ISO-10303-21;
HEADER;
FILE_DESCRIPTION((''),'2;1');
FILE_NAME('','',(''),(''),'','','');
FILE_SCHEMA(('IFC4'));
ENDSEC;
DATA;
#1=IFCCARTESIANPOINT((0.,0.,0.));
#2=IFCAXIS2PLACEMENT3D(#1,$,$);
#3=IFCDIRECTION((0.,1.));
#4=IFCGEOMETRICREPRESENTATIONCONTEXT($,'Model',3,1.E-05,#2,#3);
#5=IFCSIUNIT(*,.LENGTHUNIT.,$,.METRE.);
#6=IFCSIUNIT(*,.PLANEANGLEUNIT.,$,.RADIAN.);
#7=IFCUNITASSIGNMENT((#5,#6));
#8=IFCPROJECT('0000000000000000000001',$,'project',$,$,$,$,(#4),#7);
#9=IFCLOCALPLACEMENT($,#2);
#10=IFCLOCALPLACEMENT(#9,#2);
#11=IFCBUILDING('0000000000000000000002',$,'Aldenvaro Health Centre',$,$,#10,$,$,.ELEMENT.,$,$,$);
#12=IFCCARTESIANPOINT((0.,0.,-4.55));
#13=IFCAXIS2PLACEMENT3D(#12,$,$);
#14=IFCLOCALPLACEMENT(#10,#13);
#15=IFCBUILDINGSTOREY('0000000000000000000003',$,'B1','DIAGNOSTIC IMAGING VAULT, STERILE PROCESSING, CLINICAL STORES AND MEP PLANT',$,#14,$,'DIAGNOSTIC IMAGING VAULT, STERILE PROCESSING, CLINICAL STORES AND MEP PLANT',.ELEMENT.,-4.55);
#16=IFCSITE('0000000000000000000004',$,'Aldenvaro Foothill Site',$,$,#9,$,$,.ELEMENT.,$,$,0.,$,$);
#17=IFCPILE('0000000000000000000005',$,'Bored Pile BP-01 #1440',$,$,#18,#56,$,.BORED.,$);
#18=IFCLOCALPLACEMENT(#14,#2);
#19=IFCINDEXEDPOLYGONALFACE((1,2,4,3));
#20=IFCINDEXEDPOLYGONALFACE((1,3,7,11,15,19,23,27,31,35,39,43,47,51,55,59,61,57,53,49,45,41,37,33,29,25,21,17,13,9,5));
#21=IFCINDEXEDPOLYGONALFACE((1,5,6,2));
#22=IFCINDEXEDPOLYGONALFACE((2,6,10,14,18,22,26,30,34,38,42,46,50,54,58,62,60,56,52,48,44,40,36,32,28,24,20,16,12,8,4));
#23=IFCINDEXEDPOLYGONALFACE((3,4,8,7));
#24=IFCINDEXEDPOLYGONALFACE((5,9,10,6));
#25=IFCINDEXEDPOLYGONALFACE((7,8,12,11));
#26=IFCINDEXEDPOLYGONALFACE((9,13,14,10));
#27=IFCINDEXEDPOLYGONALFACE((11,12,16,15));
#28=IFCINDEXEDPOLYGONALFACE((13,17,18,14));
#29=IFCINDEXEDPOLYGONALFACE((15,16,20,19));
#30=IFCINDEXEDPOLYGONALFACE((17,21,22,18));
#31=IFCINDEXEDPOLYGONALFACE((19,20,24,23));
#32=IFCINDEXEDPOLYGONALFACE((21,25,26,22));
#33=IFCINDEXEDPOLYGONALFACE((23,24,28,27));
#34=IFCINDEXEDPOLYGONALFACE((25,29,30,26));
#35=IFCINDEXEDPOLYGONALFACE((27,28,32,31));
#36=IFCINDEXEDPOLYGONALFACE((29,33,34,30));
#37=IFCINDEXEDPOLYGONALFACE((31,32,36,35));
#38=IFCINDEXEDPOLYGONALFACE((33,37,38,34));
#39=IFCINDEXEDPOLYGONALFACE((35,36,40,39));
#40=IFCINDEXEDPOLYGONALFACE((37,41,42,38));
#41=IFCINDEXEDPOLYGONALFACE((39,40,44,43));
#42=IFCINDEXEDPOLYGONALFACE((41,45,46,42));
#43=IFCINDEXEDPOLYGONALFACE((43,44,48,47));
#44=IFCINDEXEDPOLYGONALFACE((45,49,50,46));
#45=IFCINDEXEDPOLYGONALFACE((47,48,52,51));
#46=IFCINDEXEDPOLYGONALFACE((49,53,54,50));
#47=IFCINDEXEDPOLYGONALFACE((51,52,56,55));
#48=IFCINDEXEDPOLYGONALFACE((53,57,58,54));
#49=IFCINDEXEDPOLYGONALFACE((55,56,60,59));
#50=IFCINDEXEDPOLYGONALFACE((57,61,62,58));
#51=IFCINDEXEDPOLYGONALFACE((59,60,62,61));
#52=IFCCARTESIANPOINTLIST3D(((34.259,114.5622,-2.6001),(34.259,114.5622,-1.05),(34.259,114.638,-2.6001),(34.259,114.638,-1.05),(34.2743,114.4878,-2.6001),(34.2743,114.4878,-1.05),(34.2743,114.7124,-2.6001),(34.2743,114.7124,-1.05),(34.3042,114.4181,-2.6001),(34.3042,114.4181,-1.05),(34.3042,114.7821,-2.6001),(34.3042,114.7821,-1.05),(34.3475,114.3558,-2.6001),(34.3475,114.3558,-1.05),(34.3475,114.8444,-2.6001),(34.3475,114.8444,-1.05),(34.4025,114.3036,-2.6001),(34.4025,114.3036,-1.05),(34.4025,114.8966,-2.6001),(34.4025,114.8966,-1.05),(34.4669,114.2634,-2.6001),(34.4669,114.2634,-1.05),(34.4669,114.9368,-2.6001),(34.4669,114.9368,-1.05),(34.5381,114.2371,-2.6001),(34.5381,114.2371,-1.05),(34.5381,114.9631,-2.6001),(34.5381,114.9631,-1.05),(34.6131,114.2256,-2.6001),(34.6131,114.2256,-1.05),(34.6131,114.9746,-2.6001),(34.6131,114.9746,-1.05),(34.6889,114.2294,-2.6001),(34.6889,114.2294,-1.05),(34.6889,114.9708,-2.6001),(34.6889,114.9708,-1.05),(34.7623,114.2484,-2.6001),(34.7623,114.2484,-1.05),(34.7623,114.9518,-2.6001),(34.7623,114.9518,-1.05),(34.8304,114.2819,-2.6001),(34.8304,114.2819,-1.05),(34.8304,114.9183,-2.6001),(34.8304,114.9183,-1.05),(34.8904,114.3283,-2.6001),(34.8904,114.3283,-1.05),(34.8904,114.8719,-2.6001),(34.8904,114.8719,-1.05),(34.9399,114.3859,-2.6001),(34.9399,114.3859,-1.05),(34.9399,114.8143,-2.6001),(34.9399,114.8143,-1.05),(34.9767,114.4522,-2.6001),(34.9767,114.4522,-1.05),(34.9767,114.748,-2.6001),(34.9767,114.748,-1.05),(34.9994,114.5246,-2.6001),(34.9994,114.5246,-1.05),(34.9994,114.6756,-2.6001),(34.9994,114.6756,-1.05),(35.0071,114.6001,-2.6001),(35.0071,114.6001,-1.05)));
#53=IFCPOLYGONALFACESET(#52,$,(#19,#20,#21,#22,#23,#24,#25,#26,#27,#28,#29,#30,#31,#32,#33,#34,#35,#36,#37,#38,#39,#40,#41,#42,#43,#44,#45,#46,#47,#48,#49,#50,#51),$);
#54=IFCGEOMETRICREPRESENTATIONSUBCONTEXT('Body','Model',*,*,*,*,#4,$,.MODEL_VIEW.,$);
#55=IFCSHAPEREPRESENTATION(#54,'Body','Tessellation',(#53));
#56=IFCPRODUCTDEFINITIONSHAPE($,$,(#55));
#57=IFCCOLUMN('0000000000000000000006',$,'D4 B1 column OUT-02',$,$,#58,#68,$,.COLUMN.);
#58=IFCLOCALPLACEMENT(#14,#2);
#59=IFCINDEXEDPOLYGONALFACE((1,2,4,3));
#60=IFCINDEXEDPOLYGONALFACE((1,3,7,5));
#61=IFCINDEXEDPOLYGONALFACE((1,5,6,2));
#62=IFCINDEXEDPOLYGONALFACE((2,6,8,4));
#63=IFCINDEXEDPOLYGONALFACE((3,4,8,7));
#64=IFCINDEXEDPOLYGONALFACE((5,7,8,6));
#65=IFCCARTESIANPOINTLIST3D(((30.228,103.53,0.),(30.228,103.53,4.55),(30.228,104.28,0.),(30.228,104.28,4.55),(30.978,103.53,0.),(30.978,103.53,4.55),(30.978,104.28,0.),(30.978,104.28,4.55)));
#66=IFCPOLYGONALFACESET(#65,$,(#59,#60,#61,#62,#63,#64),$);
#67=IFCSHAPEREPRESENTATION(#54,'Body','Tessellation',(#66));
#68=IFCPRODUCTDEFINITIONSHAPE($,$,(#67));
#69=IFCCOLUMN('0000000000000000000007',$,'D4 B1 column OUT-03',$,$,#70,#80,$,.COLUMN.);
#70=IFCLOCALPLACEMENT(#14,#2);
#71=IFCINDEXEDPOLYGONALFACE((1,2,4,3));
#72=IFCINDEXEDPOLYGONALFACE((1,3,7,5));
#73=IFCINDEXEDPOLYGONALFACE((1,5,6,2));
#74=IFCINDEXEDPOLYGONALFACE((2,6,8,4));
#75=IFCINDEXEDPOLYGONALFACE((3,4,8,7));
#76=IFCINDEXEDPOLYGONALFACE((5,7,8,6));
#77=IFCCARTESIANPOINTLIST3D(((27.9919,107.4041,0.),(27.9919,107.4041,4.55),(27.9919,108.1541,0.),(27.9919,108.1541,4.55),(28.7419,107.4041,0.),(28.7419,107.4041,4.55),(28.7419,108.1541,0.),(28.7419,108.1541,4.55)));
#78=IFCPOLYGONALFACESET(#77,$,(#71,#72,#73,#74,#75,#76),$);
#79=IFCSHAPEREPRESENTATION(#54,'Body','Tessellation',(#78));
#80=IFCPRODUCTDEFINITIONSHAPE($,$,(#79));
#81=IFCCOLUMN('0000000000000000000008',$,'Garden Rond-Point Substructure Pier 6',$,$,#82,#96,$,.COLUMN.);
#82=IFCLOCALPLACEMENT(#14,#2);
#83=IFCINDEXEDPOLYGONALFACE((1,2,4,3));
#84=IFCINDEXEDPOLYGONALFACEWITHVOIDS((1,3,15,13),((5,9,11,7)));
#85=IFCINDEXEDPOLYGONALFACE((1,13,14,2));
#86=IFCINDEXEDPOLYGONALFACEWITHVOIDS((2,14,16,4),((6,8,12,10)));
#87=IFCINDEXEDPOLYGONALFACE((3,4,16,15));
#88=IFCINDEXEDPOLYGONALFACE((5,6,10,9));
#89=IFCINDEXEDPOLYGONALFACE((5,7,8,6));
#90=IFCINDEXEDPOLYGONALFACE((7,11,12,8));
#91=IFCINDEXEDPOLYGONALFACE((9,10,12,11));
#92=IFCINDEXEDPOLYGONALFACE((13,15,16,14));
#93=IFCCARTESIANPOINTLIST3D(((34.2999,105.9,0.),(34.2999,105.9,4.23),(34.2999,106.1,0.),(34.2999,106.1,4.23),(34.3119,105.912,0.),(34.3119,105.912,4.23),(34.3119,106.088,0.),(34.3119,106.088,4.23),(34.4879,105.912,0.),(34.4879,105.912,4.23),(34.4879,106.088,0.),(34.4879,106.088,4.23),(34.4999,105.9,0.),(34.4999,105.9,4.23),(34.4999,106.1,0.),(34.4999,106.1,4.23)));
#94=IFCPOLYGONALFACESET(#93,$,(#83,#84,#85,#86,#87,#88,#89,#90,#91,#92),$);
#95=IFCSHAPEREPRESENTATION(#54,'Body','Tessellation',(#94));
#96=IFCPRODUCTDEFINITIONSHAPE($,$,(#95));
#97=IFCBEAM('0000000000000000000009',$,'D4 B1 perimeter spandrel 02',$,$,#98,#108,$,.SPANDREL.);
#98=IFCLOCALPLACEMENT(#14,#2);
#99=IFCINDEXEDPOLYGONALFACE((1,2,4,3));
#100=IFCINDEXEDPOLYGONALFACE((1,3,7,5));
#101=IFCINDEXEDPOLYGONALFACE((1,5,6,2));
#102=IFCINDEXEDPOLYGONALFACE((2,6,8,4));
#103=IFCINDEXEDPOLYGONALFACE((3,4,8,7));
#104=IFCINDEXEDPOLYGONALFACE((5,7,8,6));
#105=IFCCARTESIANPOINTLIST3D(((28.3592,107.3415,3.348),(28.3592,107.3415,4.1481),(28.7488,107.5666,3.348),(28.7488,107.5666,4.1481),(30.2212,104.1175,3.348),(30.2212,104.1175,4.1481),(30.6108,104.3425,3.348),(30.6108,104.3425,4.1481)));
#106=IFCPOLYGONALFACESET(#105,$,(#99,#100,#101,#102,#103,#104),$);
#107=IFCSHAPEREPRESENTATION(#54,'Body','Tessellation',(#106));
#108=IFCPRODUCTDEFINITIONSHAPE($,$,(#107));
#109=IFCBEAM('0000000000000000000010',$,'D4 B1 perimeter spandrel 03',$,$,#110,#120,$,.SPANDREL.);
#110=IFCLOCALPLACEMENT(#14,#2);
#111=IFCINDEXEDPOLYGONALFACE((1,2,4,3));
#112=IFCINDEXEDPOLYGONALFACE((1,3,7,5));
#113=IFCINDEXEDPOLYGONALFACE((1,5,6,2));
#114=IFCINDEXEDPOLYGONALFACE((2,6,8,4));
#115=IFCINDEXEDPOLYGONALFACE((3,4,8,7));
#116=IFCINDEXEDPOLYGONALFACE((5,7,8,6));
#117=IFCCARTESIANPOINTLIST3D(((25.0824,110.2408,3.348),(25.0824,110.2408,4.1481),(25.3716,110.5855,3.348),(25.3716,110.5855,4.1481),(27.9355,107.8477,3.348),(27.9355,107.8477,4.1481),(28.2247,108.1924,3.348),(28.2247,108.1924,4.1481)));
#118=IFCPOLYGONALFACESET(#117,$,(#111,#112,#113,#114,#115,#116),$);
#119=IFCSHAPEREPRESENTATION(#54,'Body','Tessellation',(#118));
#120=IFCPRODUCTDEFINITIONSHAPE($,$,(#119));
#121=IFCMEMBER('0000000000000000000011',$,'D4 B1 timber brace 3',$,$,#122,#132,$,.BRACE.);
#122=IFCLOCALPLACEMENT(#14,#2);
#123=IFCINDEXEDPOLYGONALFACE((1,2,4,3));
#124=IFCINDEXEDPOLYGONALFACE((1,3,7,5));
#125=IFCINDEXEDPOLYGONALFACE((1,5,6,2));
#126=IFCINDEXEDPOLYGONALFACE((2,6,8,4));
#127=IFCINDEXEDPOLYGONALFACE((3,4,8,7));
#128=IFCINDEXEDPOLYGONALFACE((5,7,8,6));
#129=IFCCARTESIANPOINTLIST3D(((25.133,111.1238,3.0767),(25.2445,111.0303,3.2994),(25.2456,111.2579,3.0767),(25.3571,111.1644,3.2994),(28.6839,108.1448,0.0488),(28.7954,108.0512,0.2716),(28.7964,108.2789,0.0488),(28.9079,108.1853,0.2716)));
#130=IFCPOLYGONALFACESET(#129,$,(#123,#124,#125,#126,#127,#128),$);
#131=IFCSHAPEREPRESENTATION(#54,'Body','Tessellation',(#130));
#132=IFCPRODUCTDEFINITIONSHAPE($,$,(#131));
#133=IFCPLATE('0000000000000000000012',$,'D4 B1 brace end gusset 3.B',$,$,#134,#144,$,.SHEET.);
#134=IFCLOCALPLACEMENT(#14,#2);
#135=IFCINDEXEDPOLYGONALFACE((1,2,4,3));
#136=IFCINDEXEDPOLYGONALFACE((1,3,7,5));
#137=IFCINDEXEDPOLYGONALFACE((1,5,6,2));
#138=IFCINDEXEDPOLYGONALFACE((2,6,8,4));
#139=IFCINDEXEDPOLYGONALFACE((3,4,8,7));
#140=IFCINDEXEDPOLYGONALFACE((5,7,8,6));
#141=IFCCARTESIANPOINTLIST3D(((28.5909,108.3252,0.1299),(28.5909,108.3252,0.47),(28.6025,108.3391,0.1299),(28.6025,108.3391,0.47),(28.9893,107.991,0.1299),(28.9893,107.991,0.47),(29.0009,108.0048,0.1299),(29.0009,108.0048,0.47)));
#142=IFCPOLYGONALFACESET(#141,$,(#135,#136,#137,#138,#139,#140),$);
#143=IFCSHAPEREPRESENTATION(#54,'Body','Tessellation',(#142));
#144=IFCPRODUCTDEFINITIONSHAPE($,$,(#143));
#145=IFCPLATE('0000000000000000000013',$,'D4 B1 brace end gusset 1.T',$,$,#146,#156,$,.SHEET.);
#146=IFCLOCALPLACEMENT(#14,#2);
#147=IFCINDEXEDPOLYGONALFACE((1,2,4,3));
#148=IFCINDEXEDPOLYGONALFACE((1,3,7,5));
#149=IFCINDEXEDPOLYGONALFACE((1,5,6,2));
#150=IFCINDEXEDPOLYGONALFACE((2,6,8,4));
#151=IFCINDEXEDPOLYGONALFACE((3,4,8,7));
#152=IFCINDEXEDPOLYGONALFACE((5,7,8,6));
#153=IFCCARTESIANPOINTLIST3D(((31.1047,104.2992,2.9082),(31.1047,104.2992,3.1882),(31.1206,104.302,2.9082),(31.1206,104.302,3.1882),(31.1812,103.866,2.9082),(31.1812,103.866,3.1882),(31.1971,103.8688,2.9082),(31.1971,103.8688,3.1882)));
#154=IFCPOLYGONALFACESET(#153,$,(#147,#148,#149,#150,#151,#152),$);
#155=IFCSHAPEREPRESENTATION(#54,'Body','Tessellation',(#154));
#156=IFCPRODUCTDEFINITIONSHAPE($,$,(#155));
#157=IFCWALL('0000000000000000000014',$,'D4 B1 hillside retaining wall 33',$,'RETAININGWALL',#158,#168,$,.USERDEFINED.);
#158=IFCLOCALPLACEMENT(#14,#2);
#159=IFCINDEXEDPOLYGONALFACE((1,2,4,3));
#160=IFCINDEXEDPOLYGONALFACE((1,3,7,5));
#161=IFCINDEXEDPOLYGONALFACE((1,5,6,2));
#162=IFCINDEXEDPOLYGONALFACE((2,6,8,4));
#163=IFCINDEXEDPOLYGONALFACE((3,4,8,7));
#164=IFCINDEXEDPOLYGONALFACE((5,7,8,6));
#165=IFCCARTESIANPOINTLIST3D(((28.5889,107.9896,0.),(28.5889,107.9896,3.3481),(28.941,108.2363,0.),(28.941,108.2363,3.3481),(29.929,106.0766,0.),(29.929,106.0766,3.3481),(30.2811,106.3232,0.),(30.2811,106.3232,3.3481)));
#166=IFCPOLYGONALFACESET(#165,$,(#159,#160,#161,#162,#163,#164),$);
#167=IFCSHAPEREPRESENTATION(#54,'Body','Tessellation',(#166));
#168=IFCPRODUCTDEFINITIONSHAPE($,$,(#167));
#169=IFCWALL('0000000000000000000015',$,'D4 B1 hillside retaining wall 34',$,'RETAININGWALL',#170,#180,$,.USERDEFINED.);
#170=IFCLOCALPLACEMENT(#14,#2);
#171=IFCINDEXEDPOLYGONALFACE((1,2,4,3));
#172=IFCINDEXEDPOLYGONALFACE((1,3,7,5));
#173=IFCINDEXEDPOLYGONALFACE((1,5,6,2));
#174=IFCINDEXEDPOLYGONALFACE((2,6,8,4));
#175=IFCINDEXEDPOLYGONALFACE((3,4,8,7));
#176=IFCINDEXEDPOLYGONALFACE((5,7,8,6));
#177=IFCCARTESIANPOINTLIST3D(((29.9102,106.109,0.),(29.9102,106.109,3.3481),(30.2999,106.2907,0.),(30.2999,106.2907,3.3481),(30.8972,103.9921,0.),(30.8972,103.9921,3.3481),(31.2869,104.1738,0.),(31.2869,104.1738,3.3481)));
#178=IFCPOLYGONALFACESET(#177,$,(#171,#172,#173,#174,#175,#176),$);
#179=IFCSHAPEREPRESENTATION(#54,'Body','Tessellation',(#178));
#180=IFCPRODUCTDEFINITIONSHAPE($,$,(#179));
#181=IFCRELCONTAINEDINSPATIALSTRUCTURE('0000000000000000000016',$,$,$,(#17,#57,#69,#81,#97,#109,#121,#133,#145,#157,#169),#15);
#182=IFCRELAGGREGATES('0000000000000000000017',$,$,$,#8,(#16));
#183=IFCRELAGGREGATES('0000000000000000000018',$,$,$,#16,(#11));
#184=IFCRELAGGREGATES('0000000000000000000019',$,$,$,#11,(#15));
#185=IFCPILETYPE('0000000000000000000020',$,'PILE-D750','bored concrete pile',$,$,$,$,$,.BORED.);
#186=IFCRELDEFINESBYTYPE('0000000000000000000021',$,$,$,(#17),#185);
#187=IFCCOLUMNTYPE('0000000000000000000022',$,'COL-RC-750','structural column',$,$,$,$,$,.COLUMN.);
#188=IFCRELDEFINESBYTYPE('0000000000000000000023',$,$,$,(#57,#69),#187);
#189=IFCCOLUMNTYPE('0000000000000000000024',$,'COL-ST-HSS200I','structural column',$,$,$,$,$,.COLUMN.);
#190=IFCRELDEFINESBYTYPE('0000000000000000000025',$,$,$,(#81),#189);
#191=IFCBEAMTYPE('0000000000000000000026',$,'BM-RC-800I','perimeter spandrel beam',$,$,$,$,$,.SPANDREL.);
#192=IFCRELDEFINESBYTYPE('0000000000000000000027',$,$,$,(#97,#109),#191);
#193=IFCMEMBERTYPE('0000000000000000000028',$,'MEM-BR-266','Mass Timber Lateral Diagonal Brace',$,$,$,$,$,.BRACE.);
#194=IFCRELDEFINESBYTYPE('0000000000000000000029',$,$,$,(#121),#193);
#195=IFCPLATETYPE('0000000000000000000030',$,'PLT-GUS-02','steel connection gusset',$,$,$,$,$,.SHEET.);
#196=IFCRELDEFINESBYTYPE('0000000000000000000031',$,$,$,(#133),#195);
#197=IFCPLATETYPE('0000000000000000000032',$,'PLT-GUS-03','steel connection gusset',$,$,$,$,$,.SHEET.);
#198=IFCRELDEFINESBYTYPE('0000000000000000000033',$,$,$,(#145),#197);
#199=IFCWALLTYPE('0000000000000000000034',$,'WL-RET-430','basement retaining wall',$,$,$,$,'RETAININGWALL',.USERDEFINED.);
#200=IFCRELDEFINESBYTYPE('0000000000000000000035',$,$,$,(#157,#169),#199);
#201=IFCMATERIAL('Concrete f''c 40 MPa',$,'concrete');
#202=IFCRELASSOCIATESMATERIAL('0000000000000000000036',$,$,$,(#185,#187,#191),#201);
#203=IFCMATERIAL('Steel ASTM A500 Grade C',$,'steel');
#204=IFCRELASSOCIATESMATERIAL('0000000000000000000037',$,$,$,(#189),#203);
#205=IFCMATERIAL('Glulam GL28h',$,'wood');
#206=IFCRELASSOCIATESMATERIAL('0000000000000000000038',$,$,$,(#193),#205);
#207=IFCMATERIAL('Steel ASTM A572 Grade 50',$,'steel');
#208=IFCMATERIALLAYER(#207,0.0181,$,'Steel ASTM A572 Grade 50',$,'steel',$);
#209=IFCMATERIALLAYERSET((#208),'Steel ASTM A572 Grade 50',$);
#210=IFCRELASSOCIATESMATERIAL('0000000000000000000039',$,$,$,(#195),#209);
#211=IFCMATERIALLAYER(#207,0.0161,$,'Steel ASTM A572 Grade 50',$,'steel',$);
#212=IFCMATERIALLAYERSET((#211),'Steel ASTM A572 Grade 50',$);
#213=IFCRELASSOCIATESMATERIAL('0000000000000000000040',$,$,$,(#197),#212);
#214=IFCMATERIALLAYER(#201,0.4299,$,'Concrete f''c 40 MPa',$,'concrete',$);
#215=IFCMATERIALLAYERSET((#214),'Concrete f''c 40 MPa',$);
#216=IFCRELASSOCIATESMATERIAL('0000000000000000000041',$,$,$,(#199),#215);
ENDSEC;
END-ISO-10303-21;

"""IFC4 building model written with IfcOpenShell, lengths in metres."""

from ifc_helpers import new_model, si_unit, direction, frame, frame_2d, origin, origin_2d, place, context, subcontext, project, spatial, rectangle, hollow_rectangle, circle, extrude, material, layer, layer_set, material_profile, profile_set, type_object, element, save


model = new_model("IFC4")

# Units and contexts
model_context = context("Model", 3, precision=1e-05, world=origin(), true_north=direction((0.0, 1.0)))
body_context = subcontext(model_context, "Body", "Model", "MODEL_VIEW")
ifc_project = project(units=[si_unit("LENGTHUNIT", "METRE"), si_unit("PLANEANGLEUNIT", "RADIAN")], contexts=[model_context])

# Site, building, storey
site_placement = place(None, origin())
site = spatial("IfcSite", under=ifc_project, at=site_placement, Name="Aldenvaro Foothill Site", CompositionType="ELEMENT", RefElevation=0.0)
building_placement = place(site_placement, origin())
building = spatial("IfcBuilding", under=site, at=building_placement, Name="Aldenvaro Health Centre", CompositionType="ELEMENT")
storey_placement = place(building_placement, frame((0.0, 0.0, -4.55)))
storey = spatial("IfcBuildingStorey", under=building, at=storey_placement, Name="B1", Description="DIAGNOSTIC IMAGING VAULT, STERILE PROCESSING, CLINICAL STORES AND MEP PLANT", LongName="DIAGNOSTIC IMAGING VAULT, STERILE PROCESSING, CLINICAL STORES AND MEP PLANT", CompositionType="ELEMENT", Elevation=-4.55)

# Shared definitions
ifc_material_1 = material(Name="Concrete f'c 40 MPa", Category="concrete")

# Pile
ifc_material_profile_1 = material_profile(ifc_material_1, circle(Radius=0.375, at=origin_2d()), Name="PILE D750", Category="concrete")
ifc_profile_set_1 = profile_set([ifc_material_profile_1], Name="Concrete f'c 40 MPa")
pile_type_1 = type_object("IfcPileType", Name="PILE-D750", Description="bored concrete pile", PredefinedType="BORED", material=ifc_profile_set_1)
for number, where, z_axis, x_axis, name in (
    (1, (34.6321, 114.6001, -1.05), (0.0, 0.0, -1.0), (1.0, 0.0, 0.0), "Bored Pile BP-01 #1440"),
):
    element("IfcPile", number, at=place(storey_placement, frame(where, z_axis=z_axis, x_axis=x_axis)), inside=storey, type_object=pile_type_1, Name=name, PredefinedType="BORED", context=body_context, shape_type="SweptSolid", body=[
        extrude(circle(Radius=0.375, at=origin_2d()), origin(), (0.0, 0.0, 1.0), 1.55),
    ])

# Columns
ifc_material_profile_2 = material_profile(ifc_material_1, rectangle(XDim=0.75, YDim=0.75, at=origin_2d()), Name="RC 750x750", Category="concrete")
ifc_profile_set_2 = profile_set([ifc_material_profile_2], Name="Concrete f'c 40 MPa")
column_type_1 = type_object("IfcColumnType", Name="COL-RC-750", Description="structural column", PredefinedType="COLUMN", material=ifc_profile_set_2)
for number, where, z_axis, x_axis, name in (
    (2, (30.603, 103.905, 0.0), (0.0, 0.0, 1.0), (1.0, 0.0, 0.0), "D4 B1 column OUT-02"),
    (3, (28.3669, 107.7791, 0.0), (0.0, 0.0, 1.0), (1.0, 0.0, 0.0), "D4 B1 column OUT-03"),
):
    element("IfcColumn", number, at=place(storey_placement, frame(where, z_axis=z_axis, x_axis=x_axis)), inside=storey, type_object=column_type_1, Name=name, PredefinedType="COLUMN", context=body_context, shape_type="SweptSolid", body=[
        extrude(rectangle(XDim=0.75, YDim=0.75, at=origin_2d()), origin(), (0.0, 0.0, 1.0), 4.55),
    ])
ifc_material_2 = material(Name="Steel ASTM A500 Grade C", Category="steel")
ifc_material_profile_3 = material_profile(ifc_material_2, hollow_rectangle(XDim=0.2, YDim=0.2, WallThickness=0.012, at=origin_2d()), Name="HSS200X200X12", Category="steel")
ifc_profile_set_3 = profile_set([ifc_material_profile_3], Name="Steel ASTM A500 Grade C")
column_type_2 = type_object("IfcColumnType", Name="COL-ST-HSS200I", Description="structural column", PredefinedType="COLUMN", material=ifc_profile_set_3)
column_placement = place(storey_placement, frame((34.3999, 106.0, 0.0), z_axis=(0.0, 0.0, 1.0), x_axis=(1.0, 0.0, 0.0)))
element("IfcColumn", 4, at=column_placement, inside=storey, type_object=column_type_2, Name="Garden Rond-Point Substructure Pier 6", PredefinedType="COLUMN", context=body_context, shape_type="SweptSolid", body=[
    extrude(hollow_rectangle(XDim=0.2, YDim=0.2, WallThickness=0.012, at=origin_2d()), origin(), (0.0, 0.0, 1.0), 4.23),
])

# Beams
ifc_material_profile_4 = material_profile(ifc_material_1, rectangle(XDim=0.45, YDim=0.8, at=origin_2d()), Name="RC 450x800", Category="concrete")
ifc_profile_set_4 = profile_set([ifc_material_profile_4], Name="Concrete f'c 40 MPa")
beam_type = type_object("IfcBeamType", Name="BM-RC-800I", Description="perimeter spandrel beam", PredefinedType="SPANDREL", material=ifc_profile_set_4)
beam_1_placement = place(storey_placement, frame((30.416, 104.23, 3.748), z_axis=(-0.500124, 0.865954, 0.0), x_axis=(-0.865954, -0.500124, 0.0)))
element("IfcBeam", 5, at=beam_1_placement, inside=storey, type_object=beam_type, Name="D4 B1 perimeter spandrel 02", PredefinedType="SPANDREL", context=body_context, shape_type="SweptSolid", body=[
    extrude(rectangle(XDim=0.45, YDim=0.8, at=origin_2d()), origin(), (0.0, 0.0, 1.0), 3.7231),
])
beam_2_placement = place(storey_placement, frame((28.0801, 108.02, 3.748), z_axis=(-0.766164, 0.642645, 0.0), x_axis=(-0.642645, -0.766164, 0.0)))
element("IfcBeam", 6, at=beam_2_placement, inside=storey, type_object=beam_type, Name="D4 B1 perimeter spandrel 03", PredefinedType="SPANDREL", context=body_context, shape_type="SweptSolid", body=[
    extrude(rectangle(XDim=0.45, YDim=0.8, at=origin_2d()), origin(), (0.0, 0.0, 1.0), 3.7239),
])

# Member
ifc_material_3 = material(Name="Glulam GL28h", Category="wood")
ifc_material_profile_5 = material_profile(ifc_material_3, rectangle(XDim=0.175, YDim=0.2661, at=origin_2d()), Name="GL 175x266", Category="wood")
ifc_profile_set_5 = profile_set([ifc_material_profile_5], Name="Glulam GL28h")
member_type = type_object("IfcMemberType", Name="MEM-BR-266", Description="Mass Timber Lateral Diagonal Brace", PredefinedType="BRACE", material=ifc_profile_set_5)
member_placement = place(storey_placement, frame((28.7959, 108.165, 0.1602), z_axis=(-0.641367, 0.538089, 0.546908), x_axis=(-0.64273, -0.766093, 0.0)))
element("IfcMember", 7, at=member_placement, inside=storey, type_object=member_type, Name="D4 B1 timber brace 3", PredefinedType="BRACE", context=body_context, shape_type="SweptSolid", body=[
    extrude(rectangle(XDim=0.175, YDim=0.2661, at=origin_2d()), origin(), (0.0, 0.0, 1.0), 5.5364),
])

# Plates
ifc_material_4 = material(Name="Steel ASTM A572 Grade 50", Category="steel")
ifc_layer_1 = layer(ifc_material_4, 0.0181, Name="Steel ASTM A572 Grade 50", Category="steel")
ifc_layer_set_1 = layer_set([ifc_layer_1], Name="Steel ASTM A572 Grade 50")
plate_type_1 = type_object("IfcPlateType", Name="PLT-GUS-02", Description="steel connection gusset", PredefinedType="SHEET", material=ifc_layer_set_1)
plate_1_placement = place(storey_placement, frame((28.7959, 108.165, 0.1299), z_axis=(0.0, 0.0, 1.0), x_axis=(-0.766112, 0.642707, 0.0)))
element("IfcPlate", 8, at=plate_1_placement, inside=storey, type_object=plate_type_1, Name="D4 B1 brace end gusset 3.B", PredefinedType="SHEET", context=body_context, shape_type="SweptSolid", body=[
    extrude(rectangle(XDim=0.52, YDim=0.0181, at=origin_2d()), origin(), (0.0, 0.0, 1.0), 0.3401),
])
ifc_layer_2 = layer(ifc_material_4, 0.0161, Name="Steel ASTM A572 Grade 50", Category="steel")
ifc_layer_set_2 = layer_set([ifc_layer_2], Name="Steel ASTM A572 Grade 50")
plate_type_2 = type_object("IfcPlateType", Name="PLT-GUS-03", Description="steel connection gusset", PredefinedType="SHEET", material=ifc_layer_set_2)
plate_2_placement = place(storey_placement, frame((31.1509, 104.084, 2.9082), z_axis=(0.0, 0.0, 1.0), x_axis=(-0.173906, 0.984762, 0.0)))
element("IfcPlate", 9, at=plate_2_placement, inside=storey, type_object=plate_type_2, Name="D4 B1 brace end gusset 1.T", PredefinedType="SHEET", context=body_context, shape_type="SweptSolid", body=[
    extrude(rectangle(XDim=0.4399, YDim=0.0161, at=origin_2d()), origin(), (0.0, 0.0, 1.0), 0.28),
])

# Walls
ifc_layer_3 = layer(ifc_material_1, 0.4299, Name="Concrete f'c 40 MPa", Category="concrete")
ifc_layer_set_3 = layer_set([ifc_layer_3], Name="Concrete f'c 40 MPa")
wall_type = type_object("IfcWallType", Name="WL-RET-430", Description="basement retaining wall", ElementType="RETAININGWALL", PredefinedType="USERDEFINED", material=ifc_layer_set_3)
for number, where, z_axis, x_axis, name in (
    (10, (28.7649, 108.113, 0.0), (0.0, 0.0, 1.0), (0.573729, -0.819045, 0.0), "D4 B1 hillside retaining wall 33"),
    (11, (30.105, 106.2, 0.0), (0.0, 0.0, 1.0), (0.422588, -0.906322, 0.0), "D4 B1 hillside retaining wall 34"),
):
    element("IfcWall", number, at=place(storey_placement, frame(where, z_axis=z_axis, x_axis=x_axis)), inside=storey, type_object=wall_type, Name=name, ObjectType="RETAININGWALL", PredefinedType="USERDEFINED", context=body_context, shape_type="SweptSolid", body=[
        extrude(rectangle(XDim=2.3357, YDim=0.4299, at=frame_2d((1.168, 0.0))), origin(), (0.0, 0.0, 1.0), 3.3481),
    ])

save(model, "model.ifc")
